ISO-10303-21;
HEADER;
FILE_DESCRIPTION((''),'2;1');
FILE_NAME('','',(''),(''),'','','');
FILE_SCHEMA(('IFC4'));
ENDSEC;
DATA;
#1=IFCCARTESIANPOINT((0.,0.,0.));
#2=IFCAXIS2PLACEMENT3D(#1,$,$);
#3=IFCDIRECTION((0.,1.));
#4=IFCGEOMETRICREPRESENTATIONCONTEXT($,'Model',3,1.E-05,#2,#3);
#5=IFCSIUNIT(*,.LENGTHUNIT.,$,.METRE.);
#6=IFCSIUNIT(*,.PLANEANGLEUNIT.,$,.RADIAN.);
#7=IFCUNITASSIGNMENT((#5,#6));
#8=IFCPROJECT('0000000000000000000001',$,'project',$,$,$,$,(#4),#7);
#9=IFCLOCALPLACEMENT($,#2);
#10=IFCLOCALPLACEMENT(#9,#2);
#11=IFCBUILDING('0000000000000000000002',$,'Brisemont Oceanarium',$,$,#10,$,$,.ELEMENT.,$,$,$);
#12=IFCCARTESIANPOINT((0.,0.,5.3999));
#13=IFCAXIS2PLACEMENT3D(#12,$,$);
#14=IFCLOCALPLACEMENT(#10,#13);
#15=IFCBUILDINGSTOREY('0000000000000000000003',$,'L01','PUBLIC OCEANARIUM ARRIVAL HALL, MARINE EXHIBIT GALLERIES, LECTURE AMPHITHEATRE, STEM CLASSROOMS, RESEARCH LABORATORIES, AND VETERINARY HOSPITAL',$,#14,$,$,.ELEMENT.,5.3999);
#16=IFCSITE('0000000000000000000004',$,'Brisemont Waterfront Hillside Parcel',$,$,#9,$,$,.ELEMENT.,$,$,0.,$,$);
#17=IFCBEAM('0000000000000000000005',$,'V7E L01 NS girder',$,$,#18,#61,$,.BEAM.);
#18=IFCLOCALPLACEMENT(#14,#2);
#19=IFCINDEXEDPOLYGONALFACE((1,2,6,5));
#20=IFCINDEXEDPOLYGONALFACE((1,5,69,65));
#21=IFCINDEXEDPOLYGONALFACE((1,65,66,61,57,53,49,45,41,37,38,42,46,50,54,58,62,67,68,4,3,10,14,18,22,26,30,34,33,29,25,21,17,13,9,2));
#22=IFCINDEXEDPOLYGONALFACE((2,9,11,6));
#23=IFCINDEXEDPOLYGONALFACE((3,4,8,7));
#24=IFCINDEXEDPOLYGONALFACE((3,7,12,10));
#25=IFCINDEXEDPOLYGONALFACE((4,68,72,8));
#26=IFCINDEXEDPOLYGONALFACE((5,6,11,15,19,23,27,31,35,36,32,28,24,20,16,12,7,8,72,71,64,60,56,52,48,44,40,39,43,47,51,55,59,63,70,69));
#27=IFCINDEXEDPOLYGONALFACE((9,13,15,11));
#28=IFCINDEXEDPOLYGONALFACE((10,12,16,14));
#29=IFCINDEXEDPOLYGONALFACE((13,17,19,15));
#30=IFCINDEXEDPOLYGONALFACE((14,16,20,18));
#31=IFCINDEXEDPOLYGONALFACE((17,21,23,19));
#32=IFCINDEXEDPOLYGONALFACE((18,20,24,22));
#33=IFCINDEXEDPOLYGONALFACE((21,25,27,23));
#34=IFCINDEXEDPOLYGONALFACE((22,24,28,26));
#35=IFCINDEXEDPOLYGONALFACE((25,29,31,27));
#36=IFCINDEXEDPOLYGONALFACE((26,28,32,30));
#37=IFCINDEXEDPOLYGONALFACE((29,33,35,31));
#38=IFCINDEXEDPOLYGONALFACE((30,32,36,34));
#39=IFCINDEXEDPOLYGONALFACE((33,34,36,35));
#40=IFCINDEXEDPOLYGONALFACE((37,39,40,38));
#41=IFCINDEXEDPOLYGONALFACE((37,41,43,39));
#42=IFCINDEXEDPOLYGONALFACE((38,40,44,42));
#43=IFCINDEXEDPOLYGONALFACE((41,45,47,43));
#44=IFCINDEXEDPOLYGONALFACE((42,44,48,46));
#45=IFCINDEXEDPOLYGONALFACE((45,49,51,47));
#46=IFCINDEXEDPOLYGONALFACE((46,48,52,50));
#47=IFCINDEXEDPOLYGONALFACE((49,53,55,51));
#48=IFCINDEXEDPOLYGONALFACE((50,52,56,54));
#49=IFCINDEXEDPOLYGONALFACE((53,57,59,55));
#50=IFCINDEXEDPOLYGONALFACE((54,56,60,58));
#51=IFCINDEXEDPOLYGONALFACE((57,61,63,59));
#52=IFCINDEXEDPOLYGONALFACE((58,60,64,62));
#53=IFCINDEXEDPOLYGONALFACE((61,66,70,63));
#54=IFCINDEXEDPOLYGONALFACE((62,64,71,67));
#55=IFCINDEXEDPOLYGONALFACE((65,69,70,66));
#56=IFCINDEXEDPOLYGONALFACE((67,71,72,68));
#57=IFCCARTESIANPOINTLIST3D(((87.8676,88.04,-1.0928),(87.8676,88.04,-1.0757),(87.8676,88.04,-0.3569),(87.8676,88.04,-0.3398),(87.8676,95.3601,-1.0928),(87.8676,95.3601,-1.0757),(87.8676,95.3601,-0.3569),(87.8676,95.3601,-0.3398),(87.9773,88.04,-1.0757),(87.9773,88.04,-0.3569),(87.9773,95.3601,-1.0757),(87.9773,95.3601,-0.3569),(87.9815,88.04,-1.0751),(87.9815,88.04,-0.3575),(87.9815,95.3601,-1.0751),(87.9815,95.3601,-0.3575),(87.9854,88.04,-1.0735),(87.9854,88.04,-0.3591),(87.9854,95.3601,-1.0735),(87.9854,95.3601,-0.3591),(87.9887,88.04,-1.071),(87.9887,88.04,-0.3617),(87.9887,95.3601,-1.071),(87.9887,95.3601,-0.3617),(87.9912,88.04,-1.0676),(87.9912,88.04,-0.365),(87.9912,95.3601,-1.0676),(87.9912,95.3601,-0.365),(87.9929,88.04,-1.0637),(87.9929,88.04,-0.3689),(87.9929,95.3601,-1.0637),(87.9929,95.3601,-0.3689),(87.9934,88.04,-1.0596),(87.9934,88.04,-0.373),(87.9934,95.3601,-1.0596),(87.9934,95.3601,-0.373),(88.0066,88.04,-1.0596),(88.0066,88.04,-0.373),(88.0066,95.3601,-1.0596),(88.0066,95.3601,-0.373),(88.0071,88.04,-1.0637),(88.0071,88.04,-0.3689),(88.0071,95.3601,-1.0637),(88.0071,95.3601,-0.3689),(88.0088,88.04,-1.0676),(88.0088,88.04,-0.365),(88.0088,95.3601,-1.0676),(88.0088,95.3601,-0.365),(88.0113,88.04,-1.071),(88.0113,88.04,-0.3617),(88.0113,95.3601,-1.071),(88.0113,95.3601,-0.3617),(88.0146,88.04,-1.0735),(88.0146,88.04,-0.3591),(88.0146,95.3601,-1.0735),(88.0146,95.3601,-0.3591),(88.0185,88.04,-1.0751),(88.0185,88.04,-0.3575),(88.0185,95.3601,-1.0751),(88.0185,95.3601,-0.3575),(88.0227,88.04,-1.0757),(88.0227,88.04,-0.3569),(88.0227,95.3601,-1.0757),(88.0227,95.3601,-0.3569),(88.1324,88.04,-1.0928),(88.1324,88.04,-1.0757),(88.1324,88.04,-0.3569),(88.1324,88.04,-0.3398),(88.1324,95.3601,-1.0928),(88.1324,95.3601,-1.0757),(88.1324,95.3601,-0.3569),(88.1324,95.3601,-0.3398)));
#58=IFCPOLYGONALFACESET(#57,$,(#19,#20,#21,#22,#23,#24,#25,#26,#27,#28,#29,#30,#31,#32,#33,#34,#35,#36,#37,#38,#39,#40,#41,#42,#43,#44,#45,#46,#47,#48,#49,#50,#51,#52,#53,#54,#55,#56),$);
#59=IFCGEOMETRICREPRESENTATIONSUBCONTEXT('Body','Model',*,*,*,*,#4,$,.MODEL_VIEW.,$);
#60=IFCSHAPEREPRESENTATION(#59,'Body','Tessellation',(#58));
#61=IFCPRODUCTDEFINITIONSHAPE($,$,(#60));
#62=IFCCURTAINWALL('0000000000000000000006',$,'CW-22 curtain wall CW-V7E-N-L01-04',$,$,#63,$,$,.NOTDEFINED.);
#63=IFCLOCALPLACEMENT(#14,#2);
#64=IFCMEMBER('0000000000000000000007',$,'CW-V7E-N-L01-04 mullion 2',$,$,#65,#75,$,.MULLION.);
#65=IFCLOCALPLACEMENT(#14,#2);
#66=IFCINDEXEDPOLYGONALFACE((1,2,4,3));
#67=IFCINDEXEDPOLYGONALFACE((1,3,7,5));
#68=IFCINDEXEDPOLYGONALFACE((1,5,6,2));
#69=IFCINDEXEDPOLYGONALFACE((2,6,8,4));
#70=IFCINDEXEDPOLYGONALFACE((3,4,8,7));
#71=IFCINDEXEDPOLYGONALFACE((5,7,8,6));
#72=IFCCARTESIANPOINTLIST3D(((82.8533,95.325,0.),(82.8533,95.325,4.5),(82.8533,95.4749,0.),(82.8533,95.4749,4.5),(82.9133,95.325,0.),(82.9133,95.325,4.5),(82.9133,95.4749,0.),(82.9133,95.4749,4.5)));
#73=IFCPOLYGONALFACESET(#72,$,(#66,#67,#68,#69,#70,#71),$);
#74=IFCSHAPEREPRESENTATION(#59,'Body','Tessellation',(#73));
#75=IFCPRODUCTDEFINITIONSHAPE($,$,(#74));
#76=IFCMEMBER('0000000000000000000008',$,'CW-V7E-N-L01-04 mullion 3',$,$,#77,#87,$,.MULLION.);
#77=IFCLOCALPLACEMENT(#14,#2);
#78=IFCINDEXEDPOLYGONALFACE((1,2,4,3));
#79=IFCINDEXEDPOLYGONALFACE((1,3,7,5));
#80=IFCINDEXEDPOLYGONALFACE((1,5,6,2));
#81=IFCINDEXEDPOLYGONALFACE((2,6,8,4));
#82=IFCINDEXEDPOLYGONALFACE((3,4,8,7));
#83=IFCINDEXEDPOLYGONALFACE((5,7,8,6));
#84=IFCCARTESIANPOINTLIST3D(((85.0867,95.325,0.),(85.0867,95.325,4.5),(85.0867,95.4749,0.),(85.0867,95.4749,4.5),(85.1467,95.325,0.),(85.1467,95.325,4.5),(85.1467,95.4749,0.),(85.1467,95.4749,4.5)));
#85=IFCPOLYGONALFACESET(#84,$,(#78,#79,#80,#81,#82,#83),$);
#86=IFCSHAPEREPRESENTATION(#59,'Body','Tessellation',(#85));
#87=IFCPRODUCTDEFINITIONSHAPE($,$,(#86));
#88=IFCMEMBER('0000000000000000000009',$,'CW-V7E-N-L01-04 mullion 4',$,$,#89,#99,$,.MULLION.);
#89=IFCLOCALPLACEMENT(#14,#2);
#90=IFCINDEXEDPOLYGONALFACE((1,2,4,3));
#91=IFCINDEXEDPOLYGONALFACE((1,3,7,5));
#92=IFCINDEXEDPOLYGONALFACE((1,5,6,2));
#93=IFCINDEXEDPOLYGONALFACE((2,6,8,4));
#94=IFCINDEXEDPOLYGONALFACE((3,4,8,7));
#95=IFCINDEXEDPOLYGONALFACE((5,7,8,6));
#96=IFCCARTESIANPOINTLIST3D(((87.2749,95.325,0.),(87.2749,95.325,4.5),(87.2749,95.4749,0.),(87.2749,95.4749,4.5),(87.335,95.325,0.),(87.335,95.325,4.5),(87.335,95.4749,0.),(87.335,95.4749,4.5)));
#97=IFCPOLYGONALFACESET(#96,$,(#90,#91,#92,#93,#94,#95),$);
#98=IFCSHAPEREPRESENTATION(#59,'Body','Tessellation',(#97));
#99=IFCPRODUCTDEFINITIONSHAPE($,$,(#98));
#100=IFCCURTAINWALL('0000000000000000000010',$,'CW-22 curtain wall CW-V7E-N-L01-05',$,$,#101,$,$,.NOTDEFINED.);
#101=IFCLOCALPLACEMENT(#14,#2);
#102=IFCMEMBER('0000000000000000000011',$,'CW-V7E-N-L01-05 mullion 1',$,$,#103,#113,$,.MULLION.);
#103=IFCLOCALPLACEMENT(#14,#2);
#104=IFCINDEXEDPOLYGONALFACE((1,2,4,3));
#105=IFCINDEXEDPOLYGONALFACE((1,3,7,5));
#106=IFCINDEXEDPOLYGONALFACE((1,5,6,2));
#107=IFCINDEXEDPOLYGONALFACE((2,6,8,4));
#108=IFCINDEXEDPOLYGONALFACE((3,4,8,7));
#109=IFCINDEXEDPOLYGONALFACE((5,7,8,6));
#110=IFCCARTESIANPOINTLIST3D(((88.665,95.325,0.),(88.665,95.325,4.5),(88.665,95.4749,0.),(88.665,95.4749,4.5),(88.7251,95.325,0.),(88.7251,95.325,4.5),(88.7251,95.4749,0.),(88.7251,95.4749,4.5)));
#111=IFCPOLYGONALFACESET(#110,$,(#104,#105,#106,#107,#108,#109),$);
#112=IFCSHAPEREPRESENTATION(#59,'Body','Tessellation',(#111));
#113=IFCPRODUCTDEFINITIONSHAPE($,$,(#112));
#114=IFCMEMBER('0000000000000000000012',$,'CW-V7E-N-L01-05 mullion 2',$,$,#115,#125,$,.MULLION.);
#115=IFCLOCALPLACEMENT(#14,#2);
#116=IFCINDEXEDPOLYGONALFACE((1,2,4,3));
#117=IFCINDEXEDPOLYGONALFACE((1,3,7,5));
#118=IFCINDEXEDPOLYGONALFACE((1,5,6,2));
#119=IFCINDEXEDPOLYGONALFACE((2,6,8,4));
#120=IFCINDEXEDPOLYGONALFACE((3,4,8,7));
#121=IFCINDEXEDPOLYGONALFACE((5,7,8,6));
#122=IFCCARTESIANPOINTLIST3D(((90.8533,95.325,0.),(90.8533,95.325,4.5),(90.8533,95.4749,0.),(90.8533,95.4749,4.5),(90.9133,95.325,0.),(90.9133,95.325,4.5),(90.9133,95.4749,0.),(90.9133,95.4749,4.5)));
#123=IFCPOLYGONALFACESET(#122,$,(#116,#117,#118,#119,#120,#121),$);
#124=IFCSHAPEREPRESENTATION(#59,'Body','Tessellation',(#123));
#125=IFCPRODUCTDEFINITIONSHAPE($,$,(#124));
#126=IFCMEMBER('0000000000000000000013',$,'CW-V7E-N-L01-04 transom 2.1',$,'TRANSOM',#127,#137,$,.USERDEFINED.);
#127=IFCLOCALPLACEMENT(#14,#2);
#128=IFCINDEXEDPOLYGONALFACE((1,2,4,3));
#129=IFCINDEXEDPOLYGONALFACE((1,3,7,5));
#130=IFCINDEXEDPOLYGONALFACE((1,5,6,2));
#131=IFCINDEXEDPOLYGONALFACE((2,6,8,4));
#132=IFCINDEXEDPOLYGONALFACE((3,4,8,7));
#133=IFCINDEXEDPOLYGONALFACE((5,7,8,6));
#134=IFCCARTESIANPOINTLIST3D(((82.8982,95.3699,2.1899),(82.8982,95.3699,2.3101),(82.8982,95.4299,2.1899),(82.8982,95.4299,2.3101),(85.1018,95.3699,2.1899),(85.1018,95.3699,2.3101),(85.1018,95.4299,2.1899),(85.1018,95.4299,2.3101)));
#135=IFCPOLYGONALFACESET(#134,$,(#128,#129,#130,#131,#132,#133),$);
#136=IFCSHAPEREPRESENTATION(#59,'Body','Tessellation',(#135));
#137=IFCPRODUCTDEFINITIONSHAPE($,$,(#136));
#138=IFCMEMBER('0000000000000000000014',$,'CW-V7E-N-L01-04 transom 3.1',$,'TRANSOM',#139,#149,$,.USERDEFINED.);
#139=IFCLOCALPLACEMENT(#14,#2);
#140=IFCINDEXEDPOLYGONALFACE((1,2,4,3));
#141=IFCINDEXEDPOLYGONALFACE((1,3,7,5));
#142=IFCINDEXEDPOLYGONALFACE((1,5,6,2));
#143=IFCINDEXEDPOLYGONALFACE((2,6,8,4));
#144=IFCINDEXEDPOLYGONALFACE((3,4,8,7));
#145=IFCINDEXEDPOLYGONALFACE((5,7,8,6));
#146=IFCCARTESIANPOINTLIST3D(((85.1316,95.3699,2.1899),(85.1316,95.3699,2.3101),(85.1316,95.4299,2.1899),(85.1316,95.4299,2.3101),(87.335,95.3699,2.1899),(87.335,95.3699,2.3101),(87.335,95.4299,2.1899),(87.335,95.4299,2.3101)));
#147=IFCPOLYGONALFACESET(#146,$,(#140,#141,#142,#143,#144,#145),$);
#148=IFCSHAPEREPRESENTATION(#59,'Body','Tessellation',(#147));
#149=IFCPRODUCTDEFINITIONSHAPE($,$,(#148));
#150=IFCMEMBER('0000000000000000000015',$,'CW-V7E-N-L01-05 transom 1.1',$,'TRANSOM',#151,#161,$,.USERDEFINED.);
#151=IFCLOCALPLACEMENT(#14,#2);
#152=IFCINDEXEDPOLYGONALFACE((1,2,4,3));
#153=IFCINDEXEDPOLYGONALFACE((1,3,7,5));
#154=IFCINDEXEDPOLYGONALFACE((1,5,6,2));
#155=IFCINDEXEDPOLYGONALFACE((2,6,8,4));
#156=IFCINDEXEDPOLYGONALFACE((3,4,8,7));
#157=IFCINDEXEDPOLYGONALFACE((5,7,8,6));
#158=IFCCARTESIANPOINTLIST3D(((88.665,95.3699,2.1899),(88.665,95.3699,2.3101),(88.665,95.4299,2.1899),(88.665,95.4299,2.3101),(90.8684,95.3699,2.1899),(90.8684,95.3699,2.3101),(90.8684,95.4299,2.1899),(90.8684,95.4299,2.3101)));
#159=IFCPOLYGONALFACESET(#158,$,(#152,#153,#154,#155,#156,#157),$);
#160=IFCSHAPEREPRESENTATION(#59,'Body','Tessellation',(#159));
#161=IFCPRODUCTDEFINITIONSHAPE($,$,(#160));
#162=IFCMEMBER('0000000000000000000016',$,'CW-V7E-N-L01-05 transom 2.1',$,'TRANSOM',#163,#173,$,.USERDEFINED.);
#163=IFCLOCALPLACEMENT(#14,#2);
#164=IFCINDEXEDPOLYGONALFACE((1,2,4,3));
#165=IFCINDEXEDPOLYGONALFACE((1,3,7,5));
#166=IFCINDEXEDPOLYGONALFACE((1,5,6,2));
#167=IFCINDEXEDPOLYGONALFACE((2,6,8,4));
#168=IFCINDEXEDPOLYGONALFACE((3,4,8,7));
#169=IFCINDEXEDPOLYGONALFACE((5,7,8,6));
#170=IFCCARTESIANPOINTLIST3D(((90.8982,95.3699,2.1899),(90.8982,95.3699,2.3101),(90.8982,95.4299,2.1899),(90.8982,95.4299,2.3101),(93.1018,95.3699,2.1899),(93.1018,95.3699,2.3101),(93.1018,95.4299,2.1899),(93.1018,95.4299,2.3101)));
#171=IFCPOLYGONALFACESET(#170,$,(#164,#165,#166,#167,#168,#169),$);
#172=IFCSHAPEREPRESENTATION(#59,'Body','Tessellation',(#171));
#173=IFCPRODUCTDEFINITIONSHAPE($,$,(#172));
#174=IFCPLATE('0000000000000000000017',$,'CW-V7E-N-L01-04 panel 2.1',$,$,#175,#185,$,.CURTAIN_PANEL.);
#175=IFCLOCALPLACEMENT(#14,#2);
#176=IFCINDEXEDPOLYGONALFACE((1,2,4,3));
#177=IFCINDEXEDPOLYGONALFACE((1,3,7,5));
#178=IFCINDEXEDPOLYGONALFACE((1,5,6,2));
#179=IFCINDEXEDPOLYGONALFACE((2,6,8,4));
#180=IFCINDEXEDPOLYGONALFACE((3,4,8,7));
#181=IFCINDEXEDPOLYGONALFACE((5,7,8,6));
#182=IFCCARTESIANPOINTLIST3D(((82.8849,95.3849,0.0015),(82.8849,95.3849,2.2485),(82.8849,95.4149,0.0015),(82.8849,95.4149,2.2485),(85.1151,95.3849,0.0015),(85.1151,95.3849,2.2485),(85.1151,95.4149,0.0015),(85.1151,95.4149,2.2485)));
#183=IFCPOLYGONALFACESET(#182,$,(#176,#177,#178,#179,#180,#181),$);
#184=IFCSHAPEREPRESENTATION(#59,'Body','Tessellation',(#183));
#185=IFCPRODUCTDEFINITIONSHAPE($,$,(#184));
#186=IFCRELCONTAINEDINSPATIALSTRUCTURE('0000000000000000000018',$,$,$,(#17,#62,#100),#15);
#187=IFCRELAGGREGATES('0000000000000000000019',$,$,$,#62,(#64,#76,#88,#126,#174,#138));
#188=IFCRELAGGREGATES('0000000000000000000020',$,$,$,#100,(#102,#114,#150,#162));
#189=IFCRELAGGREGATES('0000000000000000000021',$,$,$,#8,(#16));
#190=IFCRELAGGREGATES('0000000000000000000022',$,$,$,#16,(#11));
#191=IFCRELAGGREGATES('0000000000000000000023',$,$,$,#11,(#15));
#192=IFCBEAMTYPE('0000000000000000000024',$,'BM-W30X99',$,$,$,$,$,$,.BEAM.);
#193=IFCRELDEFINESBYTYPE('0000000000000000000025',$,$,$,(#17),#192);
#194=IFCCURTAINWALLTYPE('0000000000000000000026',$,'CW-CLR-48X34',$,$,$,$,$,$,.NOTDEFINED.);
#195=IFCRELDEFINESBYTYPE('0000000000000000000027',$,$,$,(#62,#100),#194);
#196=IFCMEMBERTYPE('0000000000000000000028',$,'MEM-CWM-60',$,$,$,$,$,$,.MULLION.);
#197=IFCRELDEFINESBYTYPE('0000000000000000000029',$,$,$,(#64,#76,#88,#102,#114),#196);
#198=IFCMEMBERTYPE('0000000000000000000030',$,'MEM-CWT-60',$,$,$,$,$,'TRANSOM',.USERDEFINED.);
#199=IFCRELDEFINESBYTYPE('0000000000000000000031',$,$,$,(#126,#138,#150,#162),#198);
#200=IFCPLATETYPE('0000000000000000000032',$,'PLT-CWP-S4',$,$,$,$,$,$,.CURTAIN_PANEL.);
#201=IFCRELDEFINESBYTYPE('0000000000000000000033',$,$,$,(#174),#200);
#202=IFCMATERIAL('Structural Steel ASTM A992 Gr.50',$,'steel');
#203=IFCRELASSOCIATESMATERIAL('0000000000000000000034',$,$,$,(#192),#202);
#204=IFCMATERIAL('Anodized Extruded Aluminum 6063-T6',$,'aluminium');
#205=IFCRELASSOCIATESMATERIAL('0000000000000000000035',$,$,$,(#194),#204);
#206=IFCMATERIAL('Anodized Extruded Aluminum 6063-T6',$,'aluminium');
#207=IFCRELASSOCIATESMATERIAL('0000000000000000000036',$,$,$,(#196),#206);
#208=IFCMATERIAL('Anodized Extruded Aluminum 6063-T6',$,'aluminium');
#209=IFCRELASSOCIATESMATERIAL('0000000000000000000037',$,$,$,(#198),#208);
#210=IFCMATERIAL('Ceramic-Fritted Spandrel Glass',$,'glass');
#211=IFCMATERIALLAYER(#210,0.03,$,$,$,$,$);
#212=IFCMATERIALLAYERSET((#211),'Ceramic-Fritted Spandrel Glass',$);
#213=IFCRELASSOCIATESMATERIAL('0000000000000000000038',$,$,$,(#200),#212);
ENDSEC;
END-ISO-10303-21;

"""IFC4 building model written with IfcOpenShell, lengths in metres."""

from ifc_helpers import new_model, si_unit, direction, frame, origin, origin_2d, place, context, subcontext, project, spatial, rectangle, i_section, extrude, material, layer, layer_set, material_profile, profile_set, type_object, element, aggregate, save


model = new_model("IFC4")

# Units and contexts
model_context = context("Model", 3, precision=1e-05, world=origin(), true_north=direction((0.0, 1.0)))
body_context = subcontext(model_context, "Body", "Model", "MODEL_VIEW")
ifc_project = project(units=[si_unit("LENGTHUNIT", "METRE"), si_unit("PLANEANGLEUNIT", "RADIAN")], contexts=[model_context])

# Site, building, storey
site_placement = place(None, origin())
site = spatial("IfcSite", under=ifc_project, at=site_placement, Name="Brisemont Waterfront Hillside Parcel", CompositionType="ELEMENT", RefElevation=0.0)
building_placement = place(site_placement, origin())
building = spatial("IfcBuilding", under=site, at=building_placement, Name="Brisemont Oceanarium", CompositionType="ELEMENT")
storey_placement = place(building_placement, frame((0.0, 0.0, 5.3999)))
storey = spatial("IfcBuildingStorey", under=building, at=storey_placement, Name="L01", Description="PUBLIC OCEANARIUM ARRIVAL HALL, MARINE EXHIBIT GALLERIES, LECTURE AMPHITHEATRE, STEM CLASSROOMS, RESEARCH LABORATORIES, AND VETERINARY HOSPITAL", CompositionType="ELEMENT", Elevation=5.3999)

# Beam
ifc_material_1 = material(Name="Structural Steel ASTM A992 Gr.50", Category="steel")
ifc_material_profile_1 = material_profile(ifc_material_1, i_section(OverallWidth=0.2649, OverallDepth=0.7529, WebThickness=0.0132, FlangeThickness=0.0171, FilletRadius=0.0161, at=origin_2d()), Name="W30X99")
ifc_profile_set_1 = profile_set([ifc_material_profile_1], Name="Structural Steel ASTM A992 Gr.50")
beam_type_1 = type_object("IfcBeamType", Name="BM-W30X99", PredefinedType="BEAM", material=ifc_profile_set_1)
beam_1_placement = place(storey_placement, frame((88.0, 88.04, -0.7163), z_axis=(0.0, 1.0, 0.0), x_axis=(-1.0, 0.0, 0.0)))
element("IfcBeam", 1, at=beam_1_placement, inside=storey, type_object=beam_type_1, Name="V7E L01 NS girder", PredefinedType="BEAM", context=body_context, shape_type="SweptSolid", body=[
    extrude(i_section(OverallWidth=0.2649, OverallDepth=0.7529, WebThickness=0.0132, FlangeThickness=0.0171, FilletRadius=0.0161, at=origin_2d()), origin(), (0.0, 0.0, 1.0), 7.3201),
])

# Curtain walls, members
ifc_material_2 = material(Name="Anodized Extruded Aluminum 6063-T6", Category="aluminium")
curtain_wall_type = type_object("IfcCurtainWallType", Name="CW-CLR-48X34", PredefinedType="NOTDEFINED", material=ifc_material_2)
curtain_wall_1_placement = place(storey_placement, origin())
curtain_wall_1 = element("IfcCurtainWall", 2, at=curtain_wall_1_placement, inside=storey, type_object=curtain_wall_type, Name="CW-22 curtain wall CW-V7E-N-L01-04", PredefinedType="NOTDEFINED")
ifc_material_3 = material(Name="Anodized Extruded Aluminum 6063-T6", Category="aluminium")
ifc_material_profile_2 = material_profile(ifc_material_3, rectangle(XDim=0.0601, YDim=0.1499, at=origin_2d()), Name="CWM-60X150")
ifc_profile_set_2 = profile_set([ifc_material_profile_2], Name="Anodized Extruded Aluminum 6063-T6")
member_type_1 = type_object("IfcMemberType", Name="MEM-CWM-60", PredefinedType="MULLION", material=ifc_profile_set_2)
member_1_placement = place(storey_placement, frame((82.8833, 95.3999, 0.0), z_axis=(0.0, 0.0, 1.0), x_axis=(1.0, 0.0, 0.0)))
member_1 = element("IfcMember", 3, at=member_1_placement, type_object=member_type_1, Name="CW-V7E-N-L01-04 mullion 2", PredefinedType="MULLION", context=body_context, shape_type="SweptSolid", body=[
    extrude(rectangle(XDim=0.0601, YDim=0.1499, at=origin_2d()), origin(), (0.0, 0.0, 1.0), 4.5),
])
member_2_placement = place(storey_placement, frame((85.1167, 95.3999, 0.0), z_axis=(0.0, 0.0, 1.0), x_axis=(1.0, 0.0, 0.0)))
member_2 = element("IfcMember", 4, at=member_2_placement, type_object=member_type_1, Name="CW-V7E-N-L01-04 mullion 3", PredefinedType="MULLION", context=body_context, shape_type="SweptSolid", body=[
    extrude(rectangle(XDim=0.0601, YDim=0.1499, at=origin_2d()), origin(), (0.0, 0.0, 1.0), 4.5),
])
member_3_placement = place(storey_placement, frame((87.3049, 95.3999, 0.0), z_axis=(0.0, 0.0, 1.0), x_axis=(1.0, 0.0, 0.0)))
member_3 = element("IfcMember", 5, at=member_3_placement, type_object=member_type_1, Name="CW-V7E-N-L01-04 mullion 4", PredefinedType="MULLION", context=body_context, shape_type="SweptSolid", body=[
    extrude(rectangle(XDim=0.0601, YDim=0.1499, at=origin_2d()), origin(), (0.0, 0.0, 1.0), 4.5),
])
curtain_wall_2_placement = place(storey_placement, origin())
curtain_wall_2 = element("IfcCurtainWall", 6, at=curtain_wall_2_placement, inside=storey, type_object=curtain_wall_type, Name="CW-22 curtain wall CW-V7E-N-L01-05", PredefinedType="NOTDEFINED")
member_4_placement = place(storey_placement, frame((88.6951, 95.3999, 0.0), z_axis=(0.0, 0.0, 1.0), x_axis=(1.0, 0.0, 0.0)))
member_4 = element("IfcMember", 7, at=member_4_placement, type_object=member_type_1, Name="CW-V7E-N-L01-05 mullion 1", PredefinedType="MULLION", context=body_context, shape_type="SweptSolid", body=[
    extrude(rectangle(XDim=0.0601, YDim=0.1499, at=origin_2d()), origin(), (0.0, 0.0, 1.0), 4.5),
])
member_5_placement = place(storey_placement, frame((90.8833, 95.3999, 0.0), z_axis=(0.0, 0.0, 1.0), x_axis=(1.0, 0.0, 0.0)))
member_5 = element("IfcMember", 8, at=member_5_placement, type_object=member_type_1, Name="CW-V7E-N-L01-05 mullion 2", PredefinedType="MULLION", context=body_context, shape_type="SweptSolid", body=[
    extrude(rectangle(XDim=0.0601, YDim=0.1499, at=origin_2d()), origin(), (0.0, 0.0, 1.0), 4.5),
])

# Members
ifc_material_4 = material(Name="Anodized Extruded Aluminum 6063-T6", Category="aluminium")
ifc_material_profile_3 = material_profile(ifc_material_4, rectangle(XDim=0.0601, YDim=0.1201, at=origin_2d()), Name="CWT-60X120")
ifc_profile_set_3 = profile_set([ifc_material_profile_3], Name="Anodized Extruded Aluminum 6063-T6")
member_type_2 = type_object("IfcMemberType", Name="MEM-CWT-60", ElementType="TRANSOM", PredefinedType="USERDEFINED", material=ifc_profile_set_3)
member_6_placement = place(storey_placement, frame((82.8982, 95.3999, 2.25), z_axis=(1.0, 0.0, 0.0), x_axis=(0.0, 1.0, 0.0)))
member_6 = element("IfcMember", 9, at=member_6_placement, type_object=member_type_2, Name="CW-V7E-N-L01-04 transom 2.1", ObjectType="TRANSOM", PredefinedType="USERDEFINED", context=body_context, shape_type="SweptSolid", body=[
    extrude(rectangle(XDim=0.0601, YDim=0.1201, at=origin_2d()), origin(), (0.0, 0.0, 1.0), 2.2036),
])
member_7_placement = place(storey_placement, frame((85.1316, 95.3999, 2.25), z_axis=(1.0, 0.0, 0.0), x_axis=(0.0, 1.0, 0.0)))
member_7 = element("IfcMember", 10, at=member_7_placement, type_object=member_type_2, Name="CW-V7E-N-L01-04 transom 3.1", ObjectType="TRANSOM", PredefinedType="USERDEFINED", context=body_context, shape_type="SweptSolid", body=[
    extrude(rectangle(XDim=0.0601, YDim=0.1201, at=origin_2d()), origin(), (0.0, 0.0, 1.0), 2.2034),
])
member_8_placement = place(storey_placement, frame((88.665, 95.3999, 2.25), z_axis=(1.0, 0.0, 0.0), x_axis=(0.0, 1.0, 0.0)))
member_8 = element("IfcMember", 11, at=member_8_placement, type_object=member_type_2, Name="CW-V7E-N-L01-05 transom 1.1", ObjectType="TRANSOM", PredefinedType="USERDEFINED", context=body_context, shape_type="SweptSolid", body=[
    extrude(rectangle(XDim=0.0601, YDim=0.1201, at=origin_2d()), origin(), (0.0, 0.0, 1.0), 2.2034),
])
member_9_placement = place(storey_placement, frame((90.8982, 95.3999, 2.25), z_axis=(1.0, 0.0, 0.0), x_axis=(0.0, 1.0, 0.0)))
member_9 = element("IfcMember", 12, at=member_9_placement, type_object=member_type_2, Name="CW-V7E-N-L01-05 transom 2.1", ObjectType="TRANSOM", PredefinedType="USERDEFINED", context=body_context, shape_type="SweptSolid", body=[
    extrude(rectangle(XDim=0.0601, YDim=0.1201, at=origin_2d()), origin(), (0.0, 0.0, 1.0), 2.2036),
])

# Plate
ifc_material_5 = material(Name="Ceramic-Fritted Spandrel Glass", Category="glass")
ifc_layer = layer(ifc_material_5, 0.03)
ifc_layer_set = layer_set([ifc_layer], Name="Ceramic-Fritted Spandrel Glass")
plate_type = type_object("IfcPlateType", Name="PLT-CWP-S4", PredefinedType="CURTAIN_PANEL", material=ifc_layer_set)
plate_1_placement = place(storey_placement, frame((84.0, 95.3999, 0.0015), z_axis=(0.0, 0.0, 1.0), x_axis=(1.0, 0.0, 0.0)))
plate_1 = element("IfcPlate", 13, at=plate_1_placement, type_object=plate_type, Name="CW-V7E-N-L01-04 panel 2.1", PredefinedType="CURTAIN_PANEL", context=body_context, shape_type="SweptSolid", body=[
    extrude(rectangle(XDim=2.2302, YDim=0.03, at=origin_2d()), origin(), (0.0, 0.0, 1.0), 2.2471),
])
aggregate(curtain_wall_1, [member_1, member_2, member_3, member_6, plate_1, member_7])
aggregate(curtain_wall_2, [member_4, member_5, member_8, member_9])

save(model, "model.ifc")
